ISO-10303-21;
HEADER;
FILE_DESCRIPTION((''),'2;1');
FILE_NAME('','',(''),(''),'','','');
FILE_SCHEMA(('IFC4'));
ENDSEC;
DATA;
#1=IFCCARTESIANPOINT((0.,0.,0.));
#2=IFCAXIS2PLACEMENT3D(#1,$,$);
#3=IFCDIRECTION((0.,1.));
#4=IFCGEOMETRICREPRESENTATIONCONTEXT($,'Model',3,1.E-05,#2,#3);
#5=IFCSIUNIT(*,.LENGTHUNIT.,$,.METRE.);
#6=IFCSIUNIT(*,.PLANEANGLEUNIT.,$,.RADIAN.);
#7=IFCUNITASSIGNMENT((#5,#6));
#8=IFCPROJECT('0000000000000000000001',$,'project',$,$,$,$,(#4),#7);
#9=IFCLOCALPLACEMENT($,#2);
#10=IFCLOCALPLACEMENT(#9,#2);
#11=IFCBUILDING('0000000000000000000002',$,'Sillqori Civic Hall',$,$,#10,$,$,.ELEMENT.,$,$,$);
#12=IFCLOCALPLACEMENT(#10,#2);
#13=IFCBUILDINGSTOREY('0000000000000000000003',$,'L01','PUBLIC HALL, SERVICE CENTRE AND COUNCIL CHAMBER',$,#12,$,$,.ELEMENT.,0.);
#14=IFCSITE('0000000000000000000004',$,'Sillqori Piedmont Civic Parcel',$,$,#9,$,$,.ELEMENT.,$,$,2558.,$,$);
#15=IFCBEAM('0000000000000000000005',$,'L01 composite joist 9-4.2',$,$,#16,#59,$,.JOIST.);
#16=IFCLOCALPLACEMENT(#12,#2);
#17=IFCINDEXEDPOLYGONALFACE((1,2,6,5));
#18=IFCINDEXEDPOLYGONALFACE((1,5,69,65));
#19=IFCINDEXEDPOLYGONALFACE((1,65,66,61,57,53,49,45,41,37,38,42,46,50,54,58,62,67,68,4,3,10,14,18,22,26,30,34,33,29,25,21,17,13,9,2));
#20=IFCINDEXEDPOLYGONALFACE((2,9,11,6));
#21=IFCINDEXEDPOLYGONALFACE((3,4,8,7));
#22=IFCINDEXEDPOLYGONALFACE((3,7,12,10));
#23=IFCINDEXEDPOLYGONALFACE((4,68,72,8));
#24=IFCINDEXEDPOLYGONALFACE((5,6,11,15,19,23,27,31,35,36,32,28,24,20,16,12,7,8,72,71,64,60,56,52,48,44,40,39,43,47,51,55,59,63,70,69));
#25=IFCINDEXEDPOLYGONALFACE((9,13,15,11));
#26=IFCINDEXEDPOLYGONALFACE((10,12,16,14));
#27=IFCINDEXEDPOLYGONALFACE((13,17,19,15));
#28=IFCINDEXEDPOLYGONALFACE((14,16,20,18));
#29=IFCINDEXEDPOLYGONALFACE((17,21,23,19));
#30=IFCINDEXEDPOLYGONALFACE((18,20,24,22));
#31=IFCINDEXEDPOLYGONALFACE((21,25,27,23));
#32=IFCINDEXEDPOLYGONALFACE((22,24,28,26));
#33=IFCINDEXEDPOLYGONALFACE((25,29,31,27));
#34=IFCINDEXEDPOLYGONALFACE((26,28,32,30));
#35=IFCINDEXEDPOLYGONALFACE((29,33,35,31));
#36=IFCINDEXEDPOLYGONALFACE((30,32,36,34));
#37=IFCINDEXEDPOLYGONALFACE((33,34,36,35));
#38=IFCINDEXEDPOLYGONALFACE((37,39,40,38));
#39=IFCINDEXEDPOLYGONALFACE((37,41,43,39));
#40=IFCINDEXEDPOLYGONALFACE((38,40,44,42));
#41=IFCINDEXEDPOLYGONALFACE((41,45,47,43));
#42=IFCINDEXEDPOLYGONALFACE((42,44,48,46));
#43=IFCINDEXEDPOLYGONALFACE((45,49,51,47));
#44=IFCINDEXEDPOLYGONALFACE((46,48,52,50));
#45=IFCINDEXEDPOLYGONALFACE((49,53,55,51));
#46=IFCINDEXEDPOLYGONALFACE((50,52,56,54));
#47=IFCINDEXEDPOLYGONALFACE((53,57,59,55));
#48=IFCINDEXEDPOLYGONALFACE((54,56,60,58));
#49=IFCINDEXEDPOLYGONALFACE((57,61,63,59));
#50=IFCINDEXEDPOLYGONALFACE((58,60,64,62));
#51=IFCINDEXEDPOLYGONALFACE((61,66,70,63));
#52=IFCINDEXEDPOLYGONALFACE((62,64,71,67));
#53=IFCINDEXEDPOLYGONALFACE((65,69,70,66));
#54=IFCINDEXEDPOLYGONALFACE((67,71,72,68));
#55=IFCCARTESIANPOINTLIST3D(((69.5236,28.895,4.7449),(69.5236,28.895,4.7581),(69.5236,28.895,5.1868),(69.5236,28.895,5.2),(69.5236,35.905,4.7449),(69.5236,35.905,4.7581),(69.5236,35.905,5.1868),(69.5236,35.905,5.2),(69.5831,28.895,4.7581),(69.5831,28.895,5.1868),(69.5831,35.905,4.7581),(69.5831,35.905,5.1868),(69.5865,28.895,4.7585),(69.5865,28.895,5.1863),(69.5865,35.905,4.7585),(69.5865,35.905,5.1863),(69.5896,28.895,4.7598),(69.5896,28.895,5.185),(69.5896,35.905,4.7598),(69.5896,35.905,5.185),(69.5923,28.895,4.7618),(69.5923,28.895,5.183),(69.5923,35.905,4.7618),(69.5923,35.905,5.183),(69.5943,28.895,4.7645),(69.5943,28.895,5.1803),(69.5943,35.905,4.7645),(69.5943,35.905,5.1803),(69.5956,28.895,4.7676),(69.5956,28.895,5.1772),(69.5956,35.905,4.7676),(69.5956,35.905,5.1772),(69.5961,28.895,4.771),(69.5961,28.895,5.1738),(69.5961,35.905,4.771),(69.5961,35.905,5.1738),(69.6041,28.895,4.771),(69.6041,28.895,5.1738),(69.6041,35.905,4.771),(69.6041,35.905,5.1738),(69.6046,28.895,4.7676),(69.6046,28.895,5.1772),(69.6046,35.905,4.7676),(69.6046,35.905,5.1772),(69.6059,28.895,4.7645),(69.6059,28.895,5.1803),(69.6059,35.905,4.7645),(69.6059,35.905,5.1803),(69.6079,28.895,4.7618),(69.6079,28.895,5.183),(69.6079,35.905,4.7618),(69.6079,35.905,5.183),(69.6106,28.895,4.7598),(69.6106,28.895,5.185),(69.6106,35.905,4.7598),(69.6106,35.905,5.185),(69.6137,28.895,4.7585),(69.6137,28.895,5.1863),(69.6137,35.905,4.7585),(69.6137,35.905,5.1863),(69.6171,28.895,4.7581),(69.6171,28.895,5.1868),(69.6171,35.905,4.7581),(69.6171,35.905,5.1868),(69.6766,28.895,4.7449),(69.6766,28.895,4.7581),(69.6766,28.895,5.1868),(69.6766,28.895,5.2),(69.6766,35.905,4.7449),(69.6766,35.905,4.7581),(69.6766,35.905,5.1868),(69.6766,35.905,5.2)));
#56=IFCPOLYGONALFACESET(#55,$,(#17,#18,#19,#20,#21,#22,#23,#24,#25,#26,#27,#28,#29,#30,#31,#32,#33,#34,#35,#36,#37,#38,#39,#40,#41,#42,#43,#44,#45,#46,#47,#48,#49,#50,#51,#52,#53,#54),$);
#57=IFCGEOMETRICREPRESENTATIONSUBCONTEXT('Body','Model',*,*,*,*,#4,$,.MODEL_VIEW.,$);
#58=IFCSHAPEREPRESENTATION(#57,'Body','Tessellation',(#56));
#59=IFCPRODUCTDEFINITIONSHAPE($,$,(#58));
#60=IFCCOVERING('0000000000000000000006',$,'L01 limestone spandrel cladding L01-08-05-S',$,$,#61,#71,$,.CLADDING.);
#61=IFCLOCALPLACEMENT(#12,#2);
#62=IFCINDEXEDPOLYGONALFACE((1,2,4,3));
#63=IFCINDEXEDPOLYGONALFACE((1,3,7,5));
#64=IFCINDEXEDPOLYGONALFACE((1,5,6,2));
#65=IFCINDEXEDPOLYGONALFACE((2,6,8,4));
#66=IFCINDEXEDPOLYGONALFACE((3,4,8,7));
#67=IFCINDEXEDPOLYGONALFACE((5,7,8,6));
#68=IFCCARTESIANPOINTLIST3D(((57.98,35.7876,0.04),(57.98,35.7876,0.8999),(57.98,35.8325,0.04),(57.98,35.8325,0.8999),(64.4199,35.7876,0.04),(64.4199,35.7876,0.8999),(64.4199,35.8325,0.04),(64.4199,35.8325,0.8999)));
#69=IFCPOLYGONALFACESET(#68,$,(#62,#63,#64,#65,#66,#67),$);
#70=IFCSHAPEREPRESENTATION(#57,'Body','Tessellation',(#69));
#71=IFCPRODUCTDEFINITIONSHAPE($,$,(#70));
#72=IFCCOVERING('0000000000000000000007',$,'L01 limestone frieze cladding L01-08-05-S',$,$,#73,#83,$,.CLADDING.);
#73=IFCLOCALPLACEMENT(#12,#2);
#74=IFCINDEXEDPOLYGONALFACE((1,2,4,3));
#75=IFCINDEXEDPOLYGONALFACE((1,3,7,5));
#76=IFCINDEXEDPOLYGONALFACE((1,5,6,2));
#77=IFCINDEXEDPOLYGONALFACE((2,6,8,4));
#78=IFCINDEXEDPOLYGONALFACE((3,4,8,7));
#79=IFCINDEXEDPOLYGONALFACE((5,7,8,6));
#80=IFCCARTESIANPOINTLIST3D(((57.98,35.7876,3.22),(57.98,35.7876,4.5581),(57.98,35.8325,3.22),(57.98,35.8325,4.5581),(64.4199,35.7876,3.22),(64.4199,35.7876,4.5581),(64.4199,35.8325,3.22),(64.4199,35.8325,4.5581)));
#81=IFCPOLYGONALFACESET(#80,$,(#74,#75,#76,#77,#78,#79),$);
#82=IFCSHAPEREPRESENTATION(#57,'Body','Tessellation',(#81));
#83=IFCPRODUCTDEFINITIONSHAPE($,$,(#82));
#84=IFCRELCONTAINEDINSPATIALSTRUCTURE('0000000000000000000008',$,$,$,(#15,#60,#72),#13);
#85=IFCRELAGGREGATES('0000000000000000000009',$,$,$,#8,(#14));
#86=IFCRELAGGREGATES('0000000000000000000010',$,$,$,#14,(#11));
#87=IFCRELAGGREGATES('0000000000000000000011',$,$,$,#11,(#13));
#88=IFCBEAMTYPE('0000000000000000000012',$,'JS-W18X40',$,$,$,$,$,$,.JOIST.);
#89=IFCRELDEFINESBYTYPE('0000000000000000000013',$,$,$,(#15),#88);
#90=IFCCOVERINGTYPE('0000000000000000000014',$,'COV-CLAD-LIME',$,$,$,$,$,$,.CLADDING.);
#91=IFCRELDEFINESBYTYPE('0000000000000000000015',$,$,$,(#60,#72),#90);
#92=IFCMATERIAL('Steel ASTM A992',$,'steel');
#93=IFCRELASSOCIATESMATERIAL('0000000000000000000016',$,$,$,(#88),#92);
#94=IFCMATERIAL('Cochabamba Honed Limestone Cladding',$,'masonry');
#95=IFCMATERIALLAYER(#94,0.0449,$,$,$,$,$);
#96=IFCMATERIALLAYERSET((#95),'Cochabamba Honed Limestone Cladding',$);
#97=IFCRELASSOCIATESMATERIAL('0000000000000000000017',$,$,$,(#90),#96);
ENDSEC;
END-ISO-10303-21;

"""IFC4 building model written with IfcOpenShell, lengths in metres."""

from ifc_helpers import new_model, si_unit, direction, frame, frame_2d, origin, origin_2d, place, context, subcontext, project, spatial, rectangle, i_section, extrude, material, layer, layer_set, material_profile, profile_set, type_object, element, save


model = new_model("IFC4")

# Units and contexts
model_context = context("Model", 3, precision=1e-05, world=origin(), true_north=direction((0.0, 1.0)))
body_context = subcontext(model_context, "Body", "Model", "MODEL_VIEW")
ifc_project = project(units=[si_unit("LENGTHUNIT", "METRE"), si_unit("PLANEANGLEUNIT", "RADIAN")], contexts=[model_context])

# Site, building, storey
site_placement = place(None, origin())
site = spatial("IfcSite", under=ifc_project, at=site_placement, Name="Sillqori Piedmont Civic Parcel", CompositionType="ELEMENT", RefElevation=2558.0)
building_placement = place(site_placement, origin())
building = spatial("IfcBuilding", under=site, at=building_placement, Name="Sillqori Civic Hall", CompositionType="ELEMENT")
storey_placement = place(building_placement, origin())
storey = spatial("IfcBuildingStorey", under=building, at=storey_placement, Name="L01", Description="PUBLIC HALL, SERVICE CENTRE AND COUNCIL CHAMBER", CompositionType="ELEMENT", Elevation=0.0)

# Shared definitions
ifc_material_1 = material(Name="Steel ASTM A992", Category="steel")

# Beam
ifc_material_profile_1 = material_profile(ifc_material_1, i_section(OverallWidth=0.1531, OverallDepth=0.4551, WebThickness=0.0081, FlangeThickness=0.0132, FilletRadius=0.0129, at=origin_2d()), Name="W18X40")
ifc_profile_set_1 = profile_set([ifc_material_profile_1], Name="Steel ASTM A992")
beam_type_1 = type_object("IfcBeamType", Name="JS-W18X40", PredefinedType="JOIST", material=ifc_profile_set_1)
for number, where, z_axis, x_axis, name in (
    (1, (69.6001, 28.895, 4.9724), (0.0, 1.0, 0.0), (-1.0, 0.0, 0.0), "L01 composite joist 9-4.2"),
):
    element("IfcBeam", number, at=place(storey_placement, frame(where, z_axis=z_axis, x_axis=x_axis)), inside=storey, type_object=beam_type_1, Name=name, PredefinedType="JOIST", context=body_context, shape_type="SweptSolid", body=[
        extrude(i_section(OverallWidth=0.1531, OverallDepth=0.4551, WebThickness=0.0081, FlangeThickness=0.0132, FilletRadius=0.0129, at=origin_2d()), origin(), (0.0, 0.0, 1.0), 7.01),
    ])

# Coverings
ifc_material_2 = material(Name="Cochabamba Honed Limestone Cladding", Category="masonry")
ifc_layer_1 = layer(ifc_material_2, 0.0449)
ifc_layer_set_1 = layer_set([ifc_layer_1], Name="Cochabamba Honed Limestone Cladding")
covering_type = type_object("IfcCoveringType", Name="COV-CLAD-LIME", PredefinedType="CLADDING", material=ifc_layer_set_1)
covering_1_placement = place(storey_placement, frame((64.4199, 35.8101, 0.04), z_axis=(0.0, 0.0, 1.0), x_axis=(-1.0, 0.0, 0.0)))
element("IfcCovering", 2, at=covering_1_placement, inside=storey, type_object=covering_type, Name="L01 limestone spandrel cladding L01-08-05-S", PredefinedType="CLADDING", context=body_context, shape_type="SweptSolid", body=[
    extrude(rectangle(XDim=6.4399, YDim=0.0449, at=frame_2d((3.22, 0.0))), origin(), (0.0, 0.0, 1.0), 0.8599),
])
covering_2_placement = place(storey_placement, frame((64.4199, 35.8101, 3.22), z_axis=(0.0, 0.0, 1.0), x_axis=(-1.0, 0.0, 0.0)))
element("IfcCovering", 3, at=covering_2_placement, inside=storey, type_object=covering_type, Name="L01 limestone frieze cladding L01-08-05-S", PredefinedType="CLADDING", context=body_context, shape_type="SweptSolid", body=[
    extrude(rectangle(XDim=6.4399, YDim=0.0449, at=frame_2d((3.22, 0.0))), origin(), (0.0, 0.0, 1.0), 1.3381),
])

save(model, "model.ifc")
